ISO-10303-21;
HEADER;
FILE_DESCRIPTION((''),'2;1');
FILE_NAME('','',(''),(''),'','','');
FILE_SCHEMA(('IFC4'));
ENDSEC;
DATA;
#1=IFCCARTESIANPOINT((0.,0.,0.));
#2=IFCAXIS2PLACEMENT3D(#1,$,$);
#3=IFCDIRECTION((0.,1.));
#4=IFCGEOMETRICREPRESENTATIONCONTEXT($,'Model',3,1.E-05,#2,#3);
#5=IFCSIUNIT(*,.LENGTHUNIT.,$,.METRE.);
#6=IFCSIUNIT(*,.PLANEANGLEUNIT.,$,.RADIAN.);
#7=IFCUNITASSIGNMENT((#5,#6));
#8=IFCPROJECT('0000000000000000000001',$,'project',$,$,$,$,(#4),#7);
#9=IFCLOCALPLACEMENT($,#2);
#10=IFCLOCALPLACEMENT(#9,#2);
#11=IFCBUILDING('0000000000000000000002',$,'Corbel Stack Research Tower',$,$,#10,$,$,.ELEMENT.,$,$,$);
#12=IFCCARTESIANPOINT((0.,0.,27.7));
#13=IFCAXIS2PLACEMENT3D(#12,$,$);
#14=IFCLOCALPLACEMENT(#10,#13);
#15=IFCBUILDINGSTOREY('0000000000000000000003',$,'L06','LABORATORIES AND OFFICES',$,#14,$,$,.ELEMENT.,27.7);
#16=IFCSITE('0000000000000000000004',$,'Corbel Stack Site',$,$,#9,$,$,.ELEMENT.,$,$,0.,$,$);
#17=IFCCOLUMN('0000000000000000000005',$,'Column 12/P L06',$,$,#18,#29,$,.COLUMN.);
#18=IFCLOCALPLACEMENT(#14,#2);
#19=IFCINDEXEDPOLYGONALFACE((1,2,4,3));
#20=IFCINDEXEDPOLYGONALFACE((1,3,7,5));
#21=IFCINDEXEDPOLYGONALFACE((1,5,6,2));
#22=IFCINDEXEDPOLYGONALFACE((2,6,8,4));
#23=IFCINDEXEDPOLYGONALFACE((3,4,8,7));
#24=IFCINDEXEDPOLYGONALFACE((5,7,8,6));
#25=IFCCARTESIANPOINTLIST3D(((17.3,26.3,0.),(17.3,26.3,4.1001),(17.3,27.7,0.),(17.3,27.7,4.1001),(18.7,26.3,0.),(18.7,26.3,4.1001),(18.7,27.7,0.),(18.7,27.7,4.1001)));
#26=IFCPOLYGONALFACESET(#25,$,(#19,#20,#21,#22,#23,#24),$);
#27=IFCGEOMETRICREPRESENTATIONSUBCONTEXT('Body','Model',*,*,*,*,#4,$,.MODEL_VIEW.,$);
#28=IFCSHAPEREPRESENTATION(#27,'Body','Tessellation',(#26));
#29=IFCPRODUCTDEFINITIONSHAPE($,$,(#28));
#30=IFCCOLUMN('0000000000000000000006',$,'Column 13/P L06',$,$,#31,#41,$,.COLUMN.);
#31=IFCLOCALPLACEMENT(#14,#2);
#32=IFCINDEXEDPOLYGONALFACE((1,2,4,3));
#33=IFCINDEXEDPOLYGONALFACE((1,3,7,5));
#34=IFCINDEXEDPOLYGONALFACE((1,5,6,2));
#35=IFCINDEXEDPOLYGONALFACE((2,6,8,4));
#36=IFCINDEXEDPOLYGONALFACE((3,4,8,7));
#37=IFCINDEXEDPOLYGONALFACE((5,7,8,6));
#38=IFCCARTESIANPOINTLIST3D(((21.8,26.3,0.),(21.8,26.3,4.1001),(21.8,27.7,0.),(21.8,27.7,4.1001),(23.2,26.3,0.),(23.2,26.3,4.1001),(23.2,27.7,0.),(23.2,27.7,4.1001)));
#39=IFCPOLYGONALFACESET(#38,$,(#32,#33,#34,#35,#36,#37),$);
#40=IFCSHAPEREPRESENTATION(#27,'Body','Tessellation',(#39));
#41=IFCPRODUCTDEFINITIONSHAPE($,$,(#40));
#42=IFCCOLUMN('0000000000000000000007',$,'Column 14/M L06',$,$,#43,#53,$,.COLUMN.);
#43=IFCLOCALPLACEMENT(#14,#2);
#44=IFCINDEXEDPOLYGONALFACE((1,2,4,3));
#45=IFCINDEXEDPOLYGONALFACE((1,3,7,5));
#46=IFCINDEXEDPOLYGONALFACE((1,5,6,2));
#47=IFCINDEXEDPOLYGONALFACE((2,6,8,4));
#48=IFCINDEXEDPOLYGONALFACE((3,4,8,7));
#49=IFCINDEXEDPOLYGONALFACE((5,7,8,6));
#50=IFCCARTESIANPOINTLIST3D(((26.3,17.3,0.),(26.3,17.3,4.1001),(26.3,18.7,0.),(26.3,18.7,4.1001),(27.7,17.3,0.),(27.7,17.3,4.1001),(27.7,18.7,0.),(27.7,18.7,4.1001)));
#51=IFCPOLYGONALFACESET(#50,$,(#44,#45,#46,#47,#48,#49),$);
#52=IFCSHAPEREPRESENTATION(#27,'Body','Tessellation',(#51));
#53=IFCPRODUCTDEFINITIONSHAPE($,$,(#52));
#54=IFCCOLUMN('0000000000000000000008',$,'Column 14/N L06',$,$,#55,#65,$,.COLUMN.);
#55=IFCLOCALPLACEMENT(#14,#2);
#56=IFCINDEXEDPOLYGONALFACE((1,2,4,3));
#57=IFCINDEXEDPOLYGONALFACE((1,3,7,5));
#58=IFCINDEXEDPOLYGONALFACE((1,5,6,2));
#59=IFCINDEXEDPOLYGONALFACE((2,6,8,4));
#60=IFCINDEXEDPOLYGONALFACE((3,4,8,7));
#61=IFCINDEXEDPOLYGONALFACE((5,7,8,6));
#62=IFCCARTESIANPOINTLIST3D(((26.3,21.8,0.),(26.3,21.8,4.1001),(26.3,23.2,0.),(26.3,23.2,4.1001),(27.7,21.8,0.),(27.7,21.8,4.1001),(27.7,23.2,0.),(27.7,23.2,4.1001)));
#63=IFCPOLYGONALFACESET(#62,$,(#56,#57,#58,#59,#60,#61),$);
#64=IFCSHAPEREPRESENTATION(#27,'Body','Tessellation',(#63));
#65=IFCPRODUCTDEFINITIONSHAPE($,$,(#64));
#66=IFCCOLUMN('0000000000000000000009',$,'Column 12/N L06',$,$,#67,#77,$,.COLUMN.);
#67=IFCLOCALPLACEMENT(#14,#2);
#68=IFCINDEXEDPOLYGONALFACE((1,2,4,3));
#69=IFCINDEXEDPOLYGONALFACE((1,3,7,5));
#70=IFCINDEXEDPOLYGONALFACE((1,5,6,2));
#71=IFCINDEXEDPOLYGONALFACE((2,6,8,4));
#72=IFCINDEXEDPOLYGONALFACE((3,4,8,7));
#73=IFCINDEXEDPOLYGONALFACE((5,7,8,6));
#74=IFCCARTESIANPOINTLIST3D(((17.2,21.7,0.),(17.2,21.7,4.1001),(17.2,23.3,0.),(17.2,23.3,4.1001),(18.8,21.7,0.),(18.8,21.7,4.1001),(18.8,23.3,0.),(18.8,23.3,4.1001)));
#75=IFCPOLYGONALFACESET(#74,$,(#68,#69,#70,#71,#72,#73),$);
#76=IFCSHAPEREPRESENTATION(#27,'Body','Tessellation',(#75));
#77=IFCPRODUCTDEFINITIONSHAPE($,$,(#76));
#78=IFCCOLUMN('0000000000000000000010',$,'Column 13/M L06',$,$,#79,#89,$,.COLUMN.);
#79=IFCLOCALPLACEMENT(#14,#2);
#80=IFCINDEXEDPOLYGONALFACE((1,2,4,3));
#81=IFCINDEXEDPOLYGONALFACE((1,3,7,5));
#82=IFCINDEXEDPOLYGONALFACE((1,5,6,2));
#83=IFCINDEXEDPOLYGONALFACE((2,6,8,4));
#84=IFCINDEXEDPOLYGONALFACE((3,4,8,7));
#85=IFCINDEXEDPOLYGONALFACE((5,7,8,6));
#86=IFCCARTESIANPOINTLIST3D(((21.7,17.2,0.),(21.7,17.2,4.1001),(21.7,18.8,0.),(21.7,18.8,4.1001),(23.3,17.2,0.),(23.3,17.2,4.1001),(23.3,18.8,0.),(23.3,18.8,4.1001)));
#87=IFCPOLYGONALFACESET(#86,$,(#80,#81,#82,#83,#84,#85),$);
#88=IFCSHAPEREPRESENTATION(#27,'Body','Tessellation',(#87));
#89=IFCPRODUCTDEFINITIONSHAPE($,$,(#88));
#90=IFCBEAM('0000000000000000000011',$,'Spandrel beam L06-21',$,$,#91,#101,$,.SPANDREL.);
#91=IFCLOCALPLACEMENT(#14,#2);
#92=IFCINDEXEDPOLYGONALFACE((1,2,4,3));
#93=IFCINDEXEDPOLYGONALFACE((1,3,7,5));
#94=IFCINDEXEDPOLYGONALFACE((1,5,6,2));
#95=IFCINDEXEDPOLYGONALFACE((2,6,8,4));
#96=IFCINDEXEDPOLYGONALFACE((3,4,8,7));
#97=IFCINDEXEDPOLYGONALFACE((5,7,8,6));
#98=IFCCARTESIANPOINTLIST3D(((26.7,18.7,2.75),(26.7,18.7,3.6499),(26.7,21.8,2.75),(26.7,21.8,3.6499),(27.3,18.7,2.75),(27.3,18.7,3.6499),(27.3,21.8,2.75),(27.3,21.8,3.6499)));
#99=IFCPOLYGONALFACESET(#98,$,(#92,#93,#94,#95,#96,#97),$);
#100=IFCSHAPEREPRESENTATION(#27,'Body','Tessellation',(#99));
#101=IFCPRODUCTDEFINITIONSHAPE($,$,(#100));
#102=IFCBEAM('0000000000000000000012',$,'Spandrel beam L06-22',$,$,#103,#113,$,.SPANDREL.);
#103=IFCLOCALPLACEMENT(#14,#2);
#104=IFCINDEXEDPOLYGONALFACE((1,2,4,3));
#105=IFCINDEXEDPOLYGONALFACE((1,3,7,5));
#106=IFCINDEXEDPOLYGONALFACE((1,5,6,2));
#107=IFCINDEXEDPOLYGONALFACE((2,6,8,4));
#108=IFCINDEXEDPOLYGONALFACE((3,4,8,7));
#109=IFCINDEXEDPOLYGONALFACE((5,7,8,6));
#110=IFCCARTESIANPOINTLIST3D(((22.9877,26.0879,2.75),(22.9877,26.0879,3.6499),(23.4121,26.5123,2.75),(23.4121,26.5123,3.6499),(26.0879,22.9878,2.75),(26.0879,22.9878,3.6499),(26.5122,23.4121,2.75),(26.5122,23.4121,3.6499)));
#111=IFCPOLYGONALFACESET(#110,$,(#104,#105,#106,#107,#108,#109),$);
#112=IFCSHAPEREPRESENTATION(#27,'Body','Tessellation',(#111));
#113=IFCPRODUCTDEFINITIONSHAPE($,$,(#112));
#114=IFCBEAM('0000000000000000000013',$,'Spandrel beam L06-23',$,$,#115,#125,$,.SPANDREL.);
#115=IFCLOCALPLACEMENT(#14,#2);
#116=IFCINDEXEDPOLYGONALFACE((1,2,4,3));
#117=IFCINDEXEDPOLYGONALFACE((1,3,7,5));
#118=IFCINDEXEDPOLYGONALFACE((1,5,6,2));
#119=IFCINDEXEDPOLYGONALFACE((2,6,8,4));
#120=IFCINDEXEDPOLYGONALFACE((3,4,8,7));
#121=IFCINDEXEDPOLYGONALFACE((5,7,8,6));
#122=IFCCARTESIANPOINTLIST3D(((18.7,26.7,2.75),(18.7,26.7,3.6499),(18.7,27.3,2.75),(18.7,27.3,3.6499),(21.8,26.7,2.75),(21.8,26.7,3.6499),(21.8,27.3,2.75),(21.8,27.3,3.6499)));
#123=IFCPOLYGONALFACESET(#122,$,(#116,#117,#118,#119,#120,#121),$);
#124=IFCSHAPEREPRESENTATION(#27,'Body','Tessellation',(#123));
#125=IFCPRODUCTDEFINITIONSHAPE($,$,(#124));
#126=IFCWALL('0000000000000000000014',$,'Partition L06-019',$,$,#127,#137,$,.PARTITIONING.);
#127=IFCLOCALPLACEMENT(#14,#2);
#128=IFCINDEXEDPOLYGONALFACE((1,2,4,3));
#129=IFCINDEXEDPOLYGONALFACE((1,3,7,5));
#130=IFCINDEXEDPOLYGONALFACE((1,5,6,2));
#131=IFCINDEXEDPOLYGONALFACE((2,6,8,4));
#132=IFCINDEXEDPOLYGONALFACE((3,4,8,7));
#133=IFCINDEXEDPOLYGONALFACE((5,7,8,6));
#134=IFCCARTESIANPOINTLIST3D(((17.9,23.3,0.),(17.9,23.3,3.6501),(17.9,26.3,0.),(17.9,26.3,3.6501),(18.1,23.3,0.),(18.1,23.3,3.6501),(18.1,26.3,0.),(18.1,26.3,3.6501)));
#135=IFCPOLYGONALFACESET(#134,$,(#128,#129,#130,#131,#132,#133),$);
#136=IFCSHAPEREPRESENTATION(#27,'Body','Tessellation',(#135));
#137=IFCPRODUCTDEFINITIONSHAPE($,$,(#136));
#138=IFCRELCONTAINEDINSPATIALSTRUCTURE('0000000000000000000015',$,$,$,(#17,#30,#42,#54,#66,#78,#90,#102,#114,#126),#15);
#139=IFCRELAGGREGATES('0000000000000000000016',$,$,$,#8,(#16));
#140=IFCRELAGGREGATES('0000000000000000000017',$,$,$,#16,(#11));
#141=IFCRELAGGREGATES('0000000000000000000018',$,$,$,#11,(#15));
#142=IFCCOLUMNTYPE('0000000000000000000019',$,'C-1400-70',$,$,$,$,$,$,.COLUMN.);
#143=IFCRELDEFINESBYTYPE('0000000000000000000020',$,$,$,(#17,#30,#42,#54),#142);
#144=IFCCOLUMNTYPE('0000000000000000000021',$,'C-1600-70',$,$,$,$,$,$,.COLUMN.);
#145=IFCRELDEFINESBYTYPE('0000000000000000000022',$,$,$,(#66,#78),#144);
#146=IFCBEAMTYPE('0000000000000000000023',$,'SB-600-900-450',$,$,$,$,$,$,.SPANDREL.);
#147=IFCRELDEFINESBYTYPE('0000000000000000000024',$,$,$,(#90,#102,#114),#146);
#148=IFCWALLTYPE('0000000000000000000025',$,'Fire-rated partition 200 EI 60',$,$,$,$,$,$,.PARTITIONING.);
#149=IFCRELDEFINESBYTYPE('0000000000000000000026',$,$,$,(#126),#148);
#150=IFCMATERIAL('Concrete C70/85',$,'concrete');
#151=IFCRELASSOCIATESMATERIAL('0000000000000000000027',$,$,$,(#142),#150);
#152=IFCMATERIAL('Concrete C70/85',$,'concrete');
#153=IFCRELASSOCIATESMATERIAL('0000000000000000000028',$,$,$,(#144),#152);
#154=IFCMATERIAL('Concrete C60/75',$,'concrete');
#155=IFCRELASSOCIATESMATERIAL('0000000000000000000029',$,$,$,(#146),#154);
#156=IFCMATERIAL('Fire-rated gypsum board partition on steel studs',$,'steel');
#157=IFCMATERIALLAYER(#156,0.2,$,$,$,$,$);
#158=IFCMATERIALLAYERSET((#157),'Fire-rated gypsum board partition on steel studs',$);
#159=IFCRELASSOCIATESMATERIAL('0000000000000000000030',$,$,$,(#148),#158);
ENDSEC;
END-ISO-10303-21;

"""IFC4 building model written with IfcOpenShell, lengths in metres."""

from ifc_helpers import new_model, si_unit, direction, frame, frame_2d, origin, origin_2d, place, context, subcontext, project, spatial, rectangle, extrude, material, layer, layer_set, material_profile, profile_set, type_object, element, save


model = new_model("IFC4")

# Units and contexts
model_context = context("Model", 3, precision=1e-05, world=origin(), true_north=direction((0.0, 1.0)))
body_context = subcontext(model_context, "Body", "Model", "MODEL_VIEW")
ifc_project = project(units=[si_unit("LENGTHUNIT", "METRE"), si_unit("PLANEANGLEUNIT", "RADIAN")], contexts=[model_context])

# Site, building, storey
site_placement = place(None, origin())
site = spatial("IfcSite", under=ifc_project, at=site_placement, Name="Corbel Stack Site", CompositionType="ELEMENT", RefElevation=0.0)
building_placement = place(site_placement, origin())
building = spatial("IfcBuilding", under=site, at=building_placement, Name="Corbel Stack Research Tower", CompositionType="ELEMENT")
storey_placement = place(building_placement, frame((0.0, 0.0, 27.7)))
storey = spatial("IfcBuildingStorey", under=building, at=storey_placement, Name="L06", Description="LABORATORIES AND OFFICES", CompositionType="ELEMENT", Elevation=27.7)

# Columns
ifc_material_1 = material(Name="Concrete C70/85", Category="concrete")
ifc_material_profile_1 = material_profile(ifc_material_1, rectangle(XDim=1.3999, YDim=1.3999, at=origin_2d()), Name="RC 1400 x 1400")
ifc_profile_set_1 = profile_set([ifc_material_profile_1], Name="Concrete C70/85")
column_type_1 = type_object("IfcColumnType", Name="C-1400-70", PredefinedType="COLUMN", material=ifc_profile_set_1)
for number, where, z_axis, x_axis, name in (
    (1, (18.0, 27.0, 0.0), (0.0, 0.0, 1.0), (1.0, 0.0, 0.0), "Column 12/P L06"),
    (2, (22.5, 27.0, 0.0), (0.0, 0.0, 1.0), (1.0, 0.0, 0.0), "Column 13/P L06"),
    (3, (27.0, 18.0, 0.0), (0.0, 0.0, 1.0), (1.0, 0.0, 0.0), "Column 14/M L06"),
    (4, (27.0, 22.5, 0.0), (0.0, 0.0, 1.0), (1.0, 0.0, 0.0), "Column 14/N L06"),
):
    element("IfcColumn", number, at=place(storey_placement, frame(where, z_axis=z_axis, x_axis=x_axis)), inside=storey, type_object=column_type_1, Name=name, PredefinedType="COLUMN", context=body_context, shape_type="SweptSolid", body=[
        extrude(rectangle(XDim=1.3999, YDim=1.3999, at=origin_2d()), origin(), (0.0, 0.0, 1.0), 4.1001),
    ])
ifc_material_2 = material(Name="Concrete C70/85", Category="concrete")
ifc_material_profile_2 = material_profile(ifc_material_2, rectangle(XDim=1.6001, YDim=1.6001, at=origin_2d()), Name="RC 1600 x 1600")
ifc_profile_set_2 = profile_set([ifc_material_profile_2], Name="Concrete C70/85")
column_type_2 = type_object("IfcColumnType", Name="C-1600-70", PredefinedType="COLUMN", material=ifc_profile_set_2)
for number, where, z_axis, x_axis, name in (
    (5, (18.0, 22.5, 0.0), (0.0, 0.0, 1.0), (1.0, 0.0, 0.0), "Column 12/N L06"),
    (6, (22.5, 18.0, 0.0), (0.0, 0.0, 1.0), (1.0, 0.0, 0.0), "Column 13/M L06"),
):
    element("IfcColumn", number, at=place(storey_placement, frame(where, z_axis=z_axis, x_axis=x_axis)), inside=storey, type_object=column_type_2, Name=name, PredefinedType="COLUMN", context=body_context, shape_type="SweptSolid", body=[
        extrude(rectangle(XDim=1.6001, YDim=1.6001, at=origin_2d()), origin(), (0.0, 0.0, 1.0), 4.1001),
    ])

# Beams
ifc_material_3 = material(Name="Concrete C60/75", Category="concrete")
ifc_material_profile_3 = material_profile(ifc_material_3, rectangle(XDim=0.6001, YDim=0.8999, at=origin_2d()), Name="RC 600 x 900")
ifc_profile_set_3 = profile_set([ifc_material_profile_3], Name="Concrete C60/75")
beam_type = type_object("IfcBeamType", Name="SB-600-900-450", PredefinedType="SPANDREL", material=ifc_profile_set_3)
beam_1_placement = place(storey_placement, frame((27.0, 18.7, 3.2), z_axis=(0.0, 1.0, 0.0), x_axis=(-1.0, 0.0, 0.0)))
element("IfcBeam", 7, at=beam_1_placement, inside=storey, type_object=beam_type, Name="Spandrel beam L06-21", PredefinedType="SPANDREL", context=body_context, shape_type="SweptSolid", body=[
    extrude(rectangle(XDim=0.6001, YDim=0.8999, at=origin_2d()), origin(), (0.0, 0.0, 1.0), 3.1001),
])
beam_2_placement = place(storey_placement, frame((26.3, 23.2, 3.2), z_axis=(-0.707107, 0.707107, 0.0), x_axis=(-0.707107, -0.707107, 0.0)))
element("IfcBeam", 8, at=beam_2_placement, inside=storey, type_object=beam_type, Name="Spandrel beam L06-22", PredefinedType="SPANDREL", context=body_context, shape_type="SweptSolid", body=[
    extrude(rectangle(XDim=0.6001, YDim=0.8999, at=origin_2d()), origin(), (0.0, 0.0, 1.0), 4.3843),
])
beam_3_placement = place(storey_placement, frame((21.8, 27.0, 3.2), z_axis=(-1.0, 0.0, 0.0), x_axis=(0.0, -1.0, 0.0)))
element("IfcBeam", 9, at=beam_3_placement, inside=storey, type_object=beam_type, Name="Spandrel beam L06-23", PredefinedType="SPANDREL", context=body_context, shape_type="SweptSolid", body=[
    extrude(rectangle(XDim=0.6001, YDim=0.8999, at=origin_2d()), origin(), (0.0, 0.0, 1.0), 3.1001),
])

# Wall
ifc_material_4 = material(Name="Fire-rated gypsum board partition on steel studs", Category="steel")
ifc_layer_1 = layer(ifc_material_4, 0.2)
ifc_layer_set_1 = layer_set([ifc_layer_1], Name="Fire-rated gypsum board partition on steel studs")
wall_type_1 = type_object("IfcWallType", Name="Fire-rated partition 200 EI 60", PredefinedType="PARTITIONING", material=ifc_layer_set_1)
wall_1_placement = place(storey_placement, frame((18.0, 23.3, 0.0), z_axis=(0.0, 0.0, 1.0), x_axis=(0.0, 1.0, 0.0)))
element("IfcWall", 10, at=wall_1_placement, inside=storey, type_object=wall_type_1, Name="Partition L06-019", PredefinedType="PARTITIONING", context=body_context, shape_type="SweptSolid", body=[
    extrude(rectangle(XDim=3.0, YDim=0.2, at=frame_2d((1.5, 0.0))), origin(), (0.0, 0.0, 1.0), 3.6501),
])

save(model, "model.ifc")
